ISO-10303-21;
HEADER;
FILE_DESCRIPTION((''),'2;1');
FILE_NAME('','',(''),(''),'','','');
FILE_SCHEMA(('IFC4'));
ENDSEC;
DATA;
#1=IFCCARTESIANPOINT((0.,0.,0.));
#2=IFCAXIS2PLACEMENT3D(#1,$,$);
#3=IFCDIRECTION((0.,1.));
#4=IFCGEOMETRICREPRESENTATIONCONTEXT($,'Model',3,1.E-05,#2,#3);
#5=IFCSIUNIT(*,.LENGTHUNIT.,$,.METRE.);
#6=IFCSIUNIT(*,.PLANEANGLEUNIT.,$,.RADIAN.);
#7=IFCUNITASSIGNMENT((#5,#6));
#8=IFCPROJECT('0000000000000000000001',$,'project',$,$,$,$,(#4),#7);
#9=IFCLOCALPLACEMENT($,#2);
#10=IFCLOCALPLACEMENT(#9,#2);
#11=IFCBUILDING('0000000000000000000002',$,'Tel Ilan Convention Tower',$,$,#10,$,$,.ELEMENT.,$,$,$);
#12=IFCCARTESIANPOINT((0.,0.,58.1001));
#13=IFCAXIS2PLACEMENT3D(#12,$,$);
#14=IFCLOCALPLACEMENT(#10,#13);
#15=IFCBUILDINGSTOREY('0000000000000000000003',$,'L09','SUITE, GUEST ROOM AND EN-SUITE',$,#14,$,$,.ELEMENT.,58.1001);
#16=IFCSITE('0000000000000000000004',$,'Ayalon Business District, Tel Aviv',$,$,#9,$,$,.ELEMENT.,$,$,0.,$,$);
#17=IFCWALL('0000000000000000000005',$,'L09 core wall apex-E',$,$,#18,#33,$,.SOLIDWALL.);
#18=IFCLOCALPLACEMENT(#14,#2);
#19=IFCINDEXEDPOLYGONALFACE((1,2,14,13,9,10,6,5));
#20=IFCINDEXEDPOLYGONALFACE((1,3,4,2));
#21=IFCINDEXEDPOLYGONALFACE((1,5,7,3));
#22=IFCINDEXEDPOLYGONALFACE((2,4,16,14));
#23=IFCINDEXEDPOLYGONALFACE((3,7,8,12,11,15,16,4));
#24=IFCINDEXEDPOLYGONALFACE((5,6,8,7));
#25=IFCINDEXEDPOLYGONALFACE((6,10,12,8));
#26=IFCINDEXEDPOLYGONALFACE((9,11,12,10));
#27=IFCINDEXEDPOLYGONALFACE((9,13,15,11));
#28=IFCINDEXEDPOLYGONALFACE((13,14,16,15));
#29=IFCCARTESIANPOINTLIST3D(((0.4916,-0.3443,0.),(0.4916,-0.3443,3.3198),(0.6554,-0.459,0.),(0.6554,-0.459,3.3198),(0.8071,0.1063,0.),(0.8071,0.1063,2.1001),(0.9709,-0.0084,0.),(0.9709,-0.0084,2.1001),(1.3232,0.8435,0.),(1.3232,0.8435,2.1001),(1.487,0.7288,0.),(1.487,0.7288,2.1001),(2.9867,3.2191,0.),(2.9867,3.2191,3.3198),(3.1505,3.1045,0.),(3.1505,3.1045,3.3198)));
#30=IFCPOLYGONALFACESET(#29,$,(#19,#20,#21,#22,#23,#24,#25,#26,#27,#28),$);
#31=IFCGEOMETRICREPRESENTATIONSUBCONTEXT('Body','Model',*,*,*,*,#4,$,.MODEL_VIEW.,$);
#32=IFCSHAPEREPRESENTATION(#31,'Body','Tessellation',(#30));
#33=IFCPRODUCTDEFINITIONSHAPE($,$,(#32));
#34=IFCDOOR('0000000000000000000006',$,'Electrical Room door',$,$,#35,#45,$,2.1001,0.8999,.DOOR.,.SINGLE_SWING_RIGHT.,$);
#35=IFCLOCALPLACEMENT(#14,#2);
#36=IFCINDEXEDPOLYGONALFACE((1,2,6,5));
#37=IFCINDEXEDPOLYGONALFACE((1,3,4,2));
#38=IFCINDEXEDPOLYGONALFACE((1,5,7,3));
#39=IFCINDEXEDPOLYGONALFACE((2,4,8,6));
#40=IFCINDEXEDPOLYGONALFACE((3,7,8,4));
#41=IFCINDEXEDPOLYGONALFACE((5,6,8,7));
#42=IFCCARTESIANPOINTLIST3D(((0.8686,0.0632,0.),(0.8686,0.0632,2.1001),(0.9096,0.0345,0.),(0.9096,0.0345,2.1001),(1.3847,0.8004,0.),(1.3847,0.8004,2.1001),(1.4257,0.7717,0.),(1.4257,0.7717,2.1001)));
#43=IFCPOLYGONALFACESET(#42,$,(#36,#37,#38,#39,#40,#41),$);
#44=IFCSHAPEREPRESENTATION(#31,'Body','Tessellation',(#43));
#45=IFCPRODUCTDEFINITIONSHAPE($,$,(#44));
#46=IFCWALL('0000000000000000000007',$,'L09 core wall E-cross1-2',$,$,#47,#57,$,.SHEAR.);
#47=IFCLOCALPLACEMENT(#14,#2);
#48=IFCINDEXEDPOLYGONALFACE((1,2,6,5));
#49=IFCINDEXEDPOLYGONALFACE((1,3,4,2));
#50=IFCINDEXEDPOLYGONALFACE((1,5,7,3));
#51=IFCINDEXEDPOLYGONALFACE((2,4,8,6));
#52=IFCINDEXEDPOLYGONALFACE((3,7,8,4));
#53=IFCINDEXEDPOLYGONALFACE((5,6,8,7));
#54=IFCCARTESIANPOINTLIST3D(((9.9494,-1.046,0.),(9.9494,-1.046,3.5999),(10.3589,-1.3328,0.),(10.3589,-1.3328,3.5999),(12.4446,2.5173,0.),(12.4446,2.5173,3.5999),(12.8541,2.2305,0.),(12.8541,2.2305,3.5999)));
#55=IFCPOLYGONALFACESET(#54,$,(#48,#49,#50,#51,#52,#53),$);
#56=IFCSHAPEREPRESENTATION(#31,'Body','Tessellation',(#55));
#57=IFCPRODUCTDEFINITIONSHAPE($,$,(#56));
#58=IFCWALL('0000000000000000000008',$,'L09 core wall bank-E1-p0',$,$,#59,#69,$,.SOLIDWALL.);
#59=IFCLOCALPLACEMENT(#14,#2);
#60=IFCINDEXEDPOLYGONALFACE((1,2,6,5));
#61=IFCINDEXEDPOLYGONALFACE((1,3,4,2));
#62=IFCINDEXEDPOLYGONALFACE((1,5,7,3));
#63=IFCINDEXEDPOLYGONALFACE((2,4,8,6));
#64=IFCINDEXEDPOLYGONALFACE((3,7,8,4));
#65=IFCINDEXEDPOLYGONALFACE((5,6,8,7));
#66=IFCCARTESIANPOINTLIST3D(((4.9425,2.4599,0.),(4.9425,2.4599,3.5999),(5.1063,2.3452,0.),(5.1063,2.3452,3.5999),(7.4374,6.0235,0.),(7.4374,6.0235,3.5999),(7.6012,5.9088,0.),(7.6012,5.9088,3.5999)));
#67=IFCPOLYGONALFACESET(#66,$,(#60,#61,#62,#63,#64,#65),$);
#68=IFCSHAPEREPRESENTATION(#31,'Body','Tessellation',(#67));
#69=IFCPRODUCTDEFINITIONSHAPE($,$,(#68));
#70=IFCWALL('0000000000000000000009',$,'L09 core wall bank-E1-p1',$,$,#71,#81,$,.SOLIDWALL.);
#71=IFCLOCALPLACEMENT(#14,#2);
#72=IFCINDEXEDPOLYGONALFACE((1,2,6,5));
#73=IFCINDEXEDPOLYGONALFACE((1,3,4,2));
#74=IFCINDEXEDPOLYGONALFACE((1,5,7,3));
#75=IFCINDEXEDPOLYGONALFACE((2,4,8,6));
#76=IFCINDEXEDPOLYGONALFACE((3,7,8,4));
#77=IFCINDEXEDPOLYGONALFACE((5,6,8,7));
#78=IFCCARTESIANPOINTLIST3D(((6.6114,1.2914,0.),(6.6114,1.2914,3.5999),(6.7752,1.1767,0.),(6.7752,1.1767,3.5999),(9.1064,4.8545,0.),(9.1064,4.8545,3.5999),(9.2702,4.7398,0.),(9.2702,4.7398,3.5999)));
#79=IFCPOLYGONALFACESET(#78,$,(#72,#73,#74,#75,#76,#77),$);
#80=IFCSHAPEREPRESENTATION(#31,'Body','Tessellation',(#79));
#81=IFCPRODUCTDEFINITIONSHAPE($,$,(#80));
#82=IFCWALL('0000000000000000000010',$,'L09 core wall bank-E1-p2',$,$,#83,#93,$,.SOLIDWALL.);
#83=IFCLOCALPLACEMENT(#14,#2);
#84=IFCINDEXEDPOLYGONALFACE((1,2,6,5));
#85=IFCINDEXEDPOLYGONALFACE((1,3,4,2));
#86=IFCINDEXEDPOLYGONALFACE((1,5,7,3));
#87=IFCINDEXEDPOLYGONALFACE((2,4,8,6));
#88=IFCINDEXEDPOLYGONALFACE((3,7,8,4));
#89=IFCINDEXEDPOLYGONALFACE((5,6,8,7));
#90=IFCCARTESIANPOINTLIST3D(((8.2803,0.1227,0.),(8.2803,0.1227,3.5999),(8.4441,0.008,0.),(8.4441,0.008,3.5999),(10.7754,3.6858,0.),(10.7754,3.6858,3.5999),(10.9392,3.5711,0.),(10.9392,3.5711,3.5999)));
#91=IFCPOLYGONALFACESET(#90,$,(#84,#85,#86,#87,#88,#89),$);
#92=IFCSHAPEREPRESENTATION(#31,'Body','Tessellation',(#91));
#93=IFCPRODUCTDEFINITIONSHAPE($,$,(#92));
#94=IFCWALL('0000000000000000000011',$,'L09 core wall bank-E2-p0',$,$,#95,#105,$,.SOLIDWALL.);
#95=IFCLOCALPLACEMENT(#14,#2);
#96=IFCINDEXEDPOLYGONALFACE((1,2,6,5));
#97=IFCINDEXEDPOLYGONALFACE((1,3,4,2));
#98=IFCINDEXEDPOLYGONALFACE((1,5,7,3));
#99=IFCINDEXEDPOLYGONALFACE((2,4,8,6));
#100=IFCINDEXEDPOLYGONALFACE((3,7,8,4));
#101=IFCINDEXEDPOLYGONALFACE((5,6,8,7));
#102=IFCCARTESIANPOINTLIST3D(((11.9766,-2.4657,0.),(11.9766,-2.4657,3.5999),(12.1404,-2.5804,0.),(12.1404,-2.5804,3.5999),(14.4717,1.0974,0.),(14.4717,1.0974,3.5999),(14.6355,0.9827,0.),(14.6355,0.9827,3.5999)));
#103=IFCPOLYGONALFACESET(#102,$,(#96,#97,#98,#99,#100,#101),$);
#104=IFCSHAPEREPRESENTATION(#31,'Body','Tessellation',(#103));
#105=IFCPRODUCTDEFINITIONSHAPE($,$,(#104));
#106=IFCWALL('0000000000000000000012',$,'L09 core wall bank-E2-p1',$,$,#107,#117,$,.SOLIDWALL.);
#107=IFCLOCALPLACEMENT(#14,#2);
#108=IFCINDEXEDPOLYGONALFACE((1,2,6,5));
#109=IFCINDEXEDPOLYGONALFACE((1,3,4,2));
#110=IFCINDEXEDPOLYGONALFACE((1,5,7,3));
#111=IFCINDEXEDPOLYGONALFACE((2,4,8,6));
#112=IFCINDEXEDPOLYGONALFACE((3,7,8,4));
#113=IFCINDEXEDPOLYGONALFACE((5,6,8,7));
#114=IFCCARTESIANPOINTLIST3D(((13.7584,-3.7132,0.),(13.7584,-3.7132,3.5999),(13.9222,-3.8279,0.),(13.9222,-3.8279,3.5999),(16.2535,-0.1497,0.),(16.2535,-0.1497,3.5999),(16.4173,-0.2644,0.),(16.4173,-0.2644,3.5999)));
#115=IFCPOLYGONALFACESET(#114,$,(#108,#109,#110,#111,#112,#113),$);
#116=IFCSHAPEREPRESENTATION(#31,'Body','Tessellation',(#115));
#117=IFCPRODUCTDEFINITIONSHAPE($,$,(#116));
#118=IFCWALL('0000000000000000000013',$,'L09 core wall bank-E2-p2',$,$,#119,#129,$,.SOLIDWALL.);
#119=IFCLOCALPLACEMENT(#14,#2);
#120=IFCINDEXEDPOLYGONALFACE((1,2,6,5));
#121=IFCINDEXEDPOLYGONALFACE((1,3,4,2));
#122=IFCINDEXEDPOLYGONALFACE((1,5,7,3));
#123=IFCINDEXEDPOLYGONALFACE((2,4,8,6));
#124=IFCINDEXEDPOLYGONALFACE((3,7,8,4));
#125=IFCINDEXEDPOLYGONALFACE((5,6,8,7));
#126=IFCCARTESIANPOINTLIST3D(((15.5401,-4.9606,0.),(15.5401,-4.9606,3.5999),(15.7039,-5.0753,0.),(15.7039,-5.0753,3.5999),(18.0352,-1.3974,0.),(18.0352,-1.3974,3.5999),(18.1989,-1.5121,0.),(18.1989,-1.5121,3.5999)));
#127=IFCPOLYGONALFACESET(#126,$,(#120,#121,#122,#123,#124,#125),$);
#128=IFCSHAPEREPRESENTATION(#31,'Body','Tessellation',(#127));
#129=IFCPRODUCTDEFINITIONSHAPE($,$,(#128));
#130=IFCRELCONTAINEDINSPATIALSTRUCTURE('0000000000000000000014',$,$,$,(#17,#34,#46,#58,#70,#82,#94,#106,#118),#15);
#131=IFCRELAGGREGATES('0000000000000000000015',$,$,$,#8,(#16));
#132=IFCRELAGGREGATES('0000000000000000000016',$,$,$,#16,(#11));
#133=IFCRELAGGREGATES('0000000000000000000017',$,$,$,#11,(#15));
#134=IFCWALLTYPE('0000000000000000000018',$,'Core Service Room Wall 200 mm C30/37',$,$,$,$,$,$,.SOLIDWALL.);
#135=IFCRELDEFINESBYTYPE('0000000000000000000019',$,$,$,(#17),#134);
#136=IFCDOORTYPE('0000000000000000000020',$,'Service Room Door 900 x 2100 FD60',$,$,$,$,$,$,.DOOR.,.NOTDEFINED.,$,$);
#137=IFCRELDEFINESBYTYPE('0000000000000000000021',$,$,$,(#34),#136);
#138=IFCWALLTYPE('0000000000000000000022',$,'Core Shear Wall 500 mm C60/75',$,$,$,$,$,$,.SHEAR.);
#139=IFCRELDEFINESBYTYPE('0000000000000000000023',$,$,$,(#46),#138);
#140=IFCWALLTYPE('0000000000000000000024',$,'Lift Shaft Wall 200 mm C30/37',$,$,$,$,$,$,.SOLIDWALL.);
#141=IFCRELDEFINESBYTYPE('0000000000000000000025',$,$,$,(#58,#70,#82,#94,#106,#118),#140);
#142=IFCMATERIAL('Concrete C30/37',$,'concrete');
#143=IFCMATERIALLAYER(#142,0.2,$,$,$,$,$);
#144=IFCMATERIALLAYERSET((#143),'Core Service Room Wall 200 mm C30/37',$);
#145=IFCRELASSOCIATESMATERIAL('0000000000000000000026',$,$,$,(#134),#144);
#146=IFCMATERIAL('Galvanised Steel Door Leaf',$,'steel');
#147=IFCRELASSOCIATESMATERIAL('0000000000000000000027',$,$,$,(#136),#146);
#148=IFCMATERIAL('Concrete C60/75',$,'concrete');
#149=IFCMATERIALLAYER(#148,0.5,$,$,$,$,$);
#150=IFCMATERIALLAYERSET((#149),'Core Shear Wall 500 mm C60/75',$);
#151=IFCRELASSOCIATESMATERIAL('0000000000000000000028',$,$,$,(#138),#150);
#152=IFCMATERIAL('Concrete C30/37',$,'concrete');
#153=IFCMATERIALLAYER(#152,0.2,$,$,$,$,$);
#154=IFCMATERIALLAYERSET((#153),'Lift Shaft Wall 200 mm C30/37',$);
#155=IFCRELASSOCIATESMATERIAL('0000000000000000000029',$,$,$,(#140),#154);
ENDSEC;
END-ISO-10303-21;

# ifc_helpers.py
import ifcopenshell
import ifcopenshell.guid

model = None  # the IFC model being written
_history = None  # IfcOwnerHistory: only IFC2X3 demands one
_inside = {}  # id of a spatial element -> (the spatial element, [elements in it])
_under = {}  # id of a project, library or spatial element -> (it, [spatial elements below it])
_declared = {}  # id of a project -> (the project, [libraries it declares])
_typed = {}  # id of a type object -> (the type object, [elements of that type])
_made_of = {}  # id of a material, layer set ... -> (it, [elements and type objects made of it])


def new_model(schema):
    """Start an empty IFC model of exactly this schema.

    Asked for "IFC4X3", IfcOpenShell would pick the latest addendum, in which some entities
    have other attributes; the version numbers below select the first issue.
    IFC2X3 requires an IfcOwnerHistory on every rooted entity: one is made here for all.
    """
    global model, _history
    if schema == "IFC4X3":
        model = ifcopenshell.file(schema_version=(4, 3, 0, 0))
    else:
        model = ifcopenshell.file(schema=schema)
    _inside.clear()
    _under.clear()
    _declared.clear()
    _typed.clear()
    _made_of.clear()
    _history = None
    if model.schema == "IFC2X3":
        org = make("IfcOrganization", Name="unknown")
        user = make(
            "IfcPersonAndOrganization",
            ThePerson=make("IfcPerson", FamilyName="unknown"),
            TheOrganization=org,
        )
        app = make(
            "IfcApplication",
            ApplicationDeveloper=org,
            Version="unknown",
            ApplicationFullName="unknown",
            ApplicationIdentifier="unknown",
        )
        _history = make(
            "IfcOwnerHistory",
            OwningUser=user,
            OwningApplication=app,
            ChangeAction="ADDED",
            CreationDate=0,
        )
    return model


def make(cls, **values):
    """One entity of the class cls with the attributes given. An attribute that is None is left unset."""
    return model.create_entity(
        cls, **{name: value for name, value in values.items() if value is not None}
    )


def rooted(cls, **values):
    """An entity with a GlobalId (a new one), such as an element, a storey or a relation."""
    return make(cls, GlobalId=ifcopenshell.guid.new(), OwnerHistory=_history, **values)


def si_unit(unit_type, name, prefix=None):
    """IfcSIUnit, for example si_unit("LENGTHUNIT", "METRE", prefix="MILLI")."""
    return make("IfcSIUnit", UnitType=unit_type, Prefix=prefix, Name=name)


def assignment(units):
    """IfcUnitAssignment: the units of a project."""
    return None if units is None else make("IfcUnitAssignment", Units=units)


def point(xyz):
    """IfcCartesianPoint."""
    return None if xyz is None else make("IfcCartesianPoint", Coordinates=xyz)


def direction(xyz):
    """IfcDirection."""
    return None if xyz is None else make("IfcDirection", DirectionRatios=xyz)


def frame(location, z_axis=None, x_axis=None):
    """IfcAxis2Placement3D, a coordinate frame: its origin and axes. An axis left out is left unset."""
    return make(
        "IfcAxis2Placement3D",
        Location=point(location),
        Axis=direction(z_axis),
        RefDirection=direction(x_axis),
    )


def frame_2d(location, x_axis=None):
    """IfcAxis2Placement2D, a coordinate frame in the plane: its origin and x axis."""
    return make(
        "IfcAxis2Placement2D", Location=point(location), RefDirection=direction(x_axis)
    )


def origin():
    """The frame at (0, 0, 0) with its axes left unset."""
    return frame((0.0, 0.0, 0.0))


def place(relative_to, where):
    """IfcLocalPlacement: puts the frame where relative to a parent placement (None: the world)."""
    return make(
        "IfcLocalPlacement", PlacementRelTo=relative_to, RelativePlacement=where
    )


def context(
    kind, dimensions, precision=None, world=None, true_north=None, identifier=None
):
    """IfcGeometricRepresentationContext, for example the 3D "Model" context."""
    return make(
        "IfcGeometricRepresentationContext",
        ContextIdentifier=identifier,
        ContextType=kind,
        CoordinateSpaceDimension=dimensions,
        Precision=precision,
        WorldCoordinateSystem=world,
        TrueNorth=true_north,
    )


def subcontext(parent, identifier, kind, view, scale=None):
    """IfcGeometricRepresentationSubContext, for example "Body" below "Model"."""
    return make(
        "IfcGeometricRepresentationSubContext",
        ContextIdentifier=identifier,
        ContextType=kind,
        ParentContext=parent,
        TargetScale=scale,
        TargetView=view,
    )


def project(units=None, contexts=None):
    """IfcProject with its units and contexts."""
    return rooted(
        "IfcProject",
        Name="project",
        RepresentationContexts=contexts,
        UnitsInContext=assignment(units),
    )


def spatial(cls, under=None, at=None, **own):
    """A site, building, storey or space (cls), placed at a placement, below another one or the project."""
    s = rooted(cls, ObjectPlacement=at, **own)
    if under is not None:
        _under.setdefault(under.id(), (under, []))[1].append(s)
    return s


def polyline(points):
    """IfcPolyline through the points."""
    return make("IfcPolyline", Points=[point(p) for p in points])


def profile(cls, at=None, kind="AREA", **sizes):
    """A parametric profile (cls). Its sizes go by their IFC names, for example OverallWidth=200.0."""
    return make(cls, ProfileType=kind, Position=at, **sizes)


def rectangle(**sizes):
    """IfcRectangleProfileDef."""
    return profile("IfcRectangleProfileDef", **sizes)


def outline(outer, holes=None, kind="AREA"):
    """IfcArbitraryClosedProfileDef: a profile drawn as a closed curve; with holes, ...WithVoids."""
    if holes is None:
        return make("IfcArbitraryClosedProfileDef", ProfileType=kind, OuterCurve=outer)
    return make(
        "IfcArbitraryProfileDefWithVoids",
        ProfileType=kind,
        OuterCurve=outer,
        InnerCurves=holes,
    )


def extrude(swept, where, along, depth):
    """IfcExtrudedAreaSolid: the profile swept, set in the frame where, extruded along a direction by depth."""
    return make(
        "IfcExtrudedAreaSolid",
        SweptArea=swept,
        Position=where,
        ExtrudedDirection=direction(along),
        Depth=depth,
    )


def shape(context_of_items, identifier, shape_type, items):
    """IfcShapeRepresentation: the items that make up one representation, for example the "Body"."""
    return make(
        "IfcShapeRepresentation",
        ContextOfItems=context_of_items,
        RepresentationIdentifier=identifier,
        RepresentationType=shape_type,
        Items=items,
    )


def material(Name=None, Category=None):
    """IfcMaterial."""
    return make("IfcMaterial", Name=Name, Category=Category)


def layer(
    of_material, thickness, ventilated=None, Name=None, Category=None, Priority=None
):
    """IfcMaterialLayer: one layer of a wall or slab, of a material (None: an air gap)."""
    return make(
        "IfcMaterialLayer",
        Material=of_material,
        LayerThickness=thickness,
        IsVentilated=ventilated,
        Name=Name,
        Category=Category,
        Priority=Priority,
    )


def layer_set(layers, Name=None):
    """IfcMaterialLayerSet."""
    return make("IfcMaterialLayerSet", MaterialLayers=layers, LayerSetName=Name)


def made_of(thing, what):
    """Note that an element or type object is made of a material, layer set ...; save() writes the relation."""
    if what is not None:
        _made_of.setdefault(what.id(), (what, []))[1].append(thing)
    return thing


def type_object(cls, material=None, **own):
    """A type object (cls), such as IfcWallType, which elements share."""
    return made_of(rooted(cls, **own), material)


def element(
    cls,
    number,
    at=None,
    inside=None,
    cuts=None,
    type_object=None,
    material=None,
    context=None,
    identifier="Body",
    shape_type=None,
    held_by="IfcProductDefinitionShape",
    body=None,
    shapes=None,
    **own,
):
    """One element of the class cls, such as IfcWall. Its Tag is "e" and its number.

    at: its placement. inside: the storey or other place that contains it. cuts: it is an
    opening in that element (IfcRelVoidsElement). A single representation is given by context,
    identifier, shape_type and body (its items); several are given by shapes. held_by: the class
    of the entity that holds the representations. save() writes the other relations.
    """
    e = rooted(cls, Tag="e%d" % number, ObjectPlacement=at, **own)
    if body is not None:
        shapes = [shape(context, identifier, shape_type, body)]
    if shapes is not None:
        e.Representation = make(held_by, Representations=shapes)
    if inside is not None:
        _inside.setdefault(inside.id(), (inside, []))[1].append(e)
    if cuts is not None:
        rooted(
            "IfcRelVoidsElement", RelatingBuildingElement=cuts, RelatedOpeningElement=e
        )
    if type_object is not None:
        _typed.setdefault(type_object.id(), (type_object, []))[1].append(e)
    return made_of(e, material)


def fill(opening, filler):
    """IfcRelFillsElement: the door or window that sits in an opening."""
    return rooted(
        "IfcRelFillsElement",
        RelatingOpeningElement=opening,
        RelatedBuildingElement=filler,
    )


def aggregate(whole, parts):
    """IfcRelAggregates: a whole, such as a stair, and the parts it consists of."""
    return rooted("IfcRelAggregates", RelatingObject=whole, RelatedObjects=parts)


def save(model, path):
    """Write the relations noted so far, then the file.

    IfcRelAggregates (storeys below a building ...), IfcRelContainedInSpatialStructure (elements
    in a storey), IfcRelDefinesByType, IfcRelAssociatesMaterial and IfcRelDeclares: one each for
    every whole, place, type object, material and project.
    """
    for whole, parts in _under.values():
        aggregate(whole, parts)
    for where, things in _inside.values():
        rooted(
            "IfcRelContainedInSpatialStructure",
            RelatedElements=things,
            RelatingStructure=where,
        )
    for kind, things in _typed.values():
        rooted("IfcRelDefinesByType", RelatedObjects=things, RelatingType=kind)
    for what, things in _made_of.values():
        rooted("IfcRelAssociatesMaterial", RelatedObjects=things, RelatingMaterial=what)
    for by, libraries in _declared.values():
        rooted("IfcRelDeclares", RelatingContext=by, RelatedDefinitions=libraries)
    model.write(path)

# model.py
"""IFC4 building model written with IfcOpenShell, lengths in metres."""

from ifc_helpers import new_model, si_unit, direction, frame, frame_2d, origin, place, context, subcontext, project, spatial, polyline, rectangle, outline, extrude, material, layer, layer_set, type_object, element, fill, save


model = new_model("IFC4")

# Units and contexts
model_context = context("Model", 3, precision=1e-05, world=origin(), true_north=direction((0.0, 1.0)))
body_context = subcontext(model_context, "Body", "Model", "MODEL_VIEW")
ifc_project = project(units=[si_unit("LENGTHUNIT", "METRE"), si_unit("PLANEANGLEUNIT", "RADIAN")], contexts=[model_context])

# Site, building, storey
site_placement = place(None, origin())
site = spatial("IfcSite", under=ifc_project, at=site_placement, Name="Ayalon Business District, Tel Aviv", CompositionType="ELEMENT", RefElevation=0.0)
building_placement = place(site_placement, origin())
building = spatial("IfcBuilding", under=site, at=building_placement, Name="Tel Ilan Convention Tower", CompositionType="ELEMENT")
storey_placement = place(building_placement, frame((0.0, 0.0, 58.1001)))
storey = spatial("IfcBuildingStorey", under=building, at=storey_placement, Name="L09", Description="SUITE, GUEST ROOM AND EN-SUITE", CompositionType="ELEMENT", Elevation=58.1001)

# Wall, opening, door
ifc_material_1 = material(Name="Concrete C30/37", Category="concrete")
ifc_layer_1 = layer(ifc_material_1, 0.2)
ifc_layer_set_1 = layer_set([ifc_layer_1], Name="Core Service Room Wall 200 mm C30/37")
wall_type_1 = type_object("IfcWallType", Name="Core Service Room Wall 200 mm C30/37", PredefinedType="SOLIDWALL", material=ifc_layer_set_1)
wall_1_placement = place(storey_placement, frame((0.5735, -0.4016, 0.0), z_axis=(0.0, 0.0, 1.0), x_axis=(0.573568, 0.819158, 0.0)))
wall_1 = element("IfcWall", 1, at=wall_1_placement, inside=storey, type_object=wall_type_1, Name="L09 core wall apex-E", PredefinedType="SOLIDWALL", context=body_context, shape_type="SweptSolid", body=[
    extrude(rectangle(XDim=4.3501, YDim=0.2, at=frame_2d((2.175, 0.0))), origin(), (0.0, 0.0, 1.0), 3.3198),
])
opening_1_placement = place(wall_1_placement, frame((0.55, 0.0, 0.0)))
opening_1 = element("IfcOpeningElement", 2, at=opening_1_placement, cuts=wall_1, PredefinedType="OPENING", context=body_context, shape_type="SweptSolid", body=[
    extrude(rectangle(XDim=0.8999, YDim=2.1001, at=frame_2d((0.45, 1.05))), frame((0.0, 0.1099, 0.0), z_axis=(0.0, -1.0, 0.0), x_axis=(1.0, 0.0, 0.0)), (0.0, 0.0, 1.0), 0.22),
])
ifc_material_2 = material(Name="Galvanised Steel Door Leaf", Category="steel")
door_type_1 = type_object("IfcDoorType", Name="Service Room Door 900 x 2100 FD60", OperationType="NOTDEFINED", PredefinedType="DOOR", material=ifc_material_2)
door_1_placement = place(opening_1_placement, origin())
door_1 = element("IfcDoor", 3, at=door_1_placement, inside=storey, type_object=door_type_1, Name="Electrical Room door", OperationType="SINGLE_SWING_RIGHT", OverallHeight=2.1001, OverallWidth=0.8999, PredefinedType="DOOR", context=body_context, shape_type="SweptSolid", body=[
    extrude(rectangle(XDim=0.8999, YDim=2.1001, at=frame_2d((0.45, 1.05))), frame((0.0, 0.0249, 0.0), z_axis=(0.0, -1.0, 0.0), x_axis=(1.0, 0.0, 0.0)), (0.0, 0.0, 1.0), 0.05),
])
fill(opening_1, door_1)

# Walls
ifc_material_3 = material(Name="Concrete C60/75", Category="concrete")
ifc_layer_2 = layer(ifc_material_3, 0.5)
ifc_layer_set_2 = layer_set([ifc_layer_2], Name="Core Shear Wall 500 mm C60/75")
wall_type_2 = type_object("IfcWallType", Name="Core Shear Wall 500 mm C60/75", PredefinedType="SHEAR", material=ifc_layer_set_2)
wall_2_placement = place(storey_placement, frame((10.1543, -1.1892, 0.0), z_axis=(0.0, 0.0, 1.0), x_axis=(0.573594, 0.81914, 0.0)))
element("IfcWall", 4, at=wall_2_placement, inside=storey, type_object=wall_type_2, Name="L09 core wall E-cross1-2", PredefinedType="SHEAR", context=body_context, shape_type="SweptSolid", body=[
    extrude(outline(polyline([(4.3499, -0.25), (4.3499, 0.25), (-0.0002, 0.25), (-0.0002, -0.25), (4.3499, -0.25)])), origin(), (0.0, 0.0, 1.0), 3.5999),
])
ifc_material_4 = material(Name="Concrete C30/37", Category="concrete")
ifc_layer_3 = layer(ifc_material_4, 0.2)
ifc_layer_set_3 = layer_set([ifc_layer_3], Name="Lift Shaft Wall 200 mm C30/37")
wall_type_3 = type_object("IfcWallType", Name="Lift Shaft Wall 200 mm C30/37", PredefinedType="SOLIDWALL", material=ifc_layer_set_3)
wall_3_placement = place(storey_placement, frame((5.0244, 2.4026, 0.0), z_axis=(0.0, 0.0, 1.0), x_axis=(0.57353, 0.819184, 0.0)))
element("IfcWall", 5, at=wall_3_placement, inside=storey, type_object=wall_type_3, Name="L09 core wall bank-E1-p0", PredefinedType="SOLIDWALL", context=body_context, shape_type="SweptSolid", body=[
    extrude(rectangle(XDim=4.3501, YDim=0.2, at=frame_2d((2.175, 0.0))), origin(), (0.0, 0.0, 1.0), 3.5999),
])
for number, where, z_axis, x_axis, name in (
    (6, (6.6934, 1.2341, 0.0), (0.0, 0.0, 1.0), (0.573594, 0.81914, 0.0), "L09 core wall bank-E1-p1"),
    (7, (8.3623, 0.0654, 0.0), (0.0, 0.0, 1.0), (0.573594, 0.81914, 0.0), "L09 core wall bank-E1-p2"),
    (8, (12.0586, -2.5229, 0.0), (0.0, 0.0, 1.0), (0.573594, 0.81914, 0.0), "L09 core wall bank-E2-p0"),
):
    element("IfcWall", number, at=place(storey_placement, frame(where, z_axis=z_axis, x_axis=x_axis)), inside=storey, type_object=wall_type_3, Name=name, PredefinedType="SOLIDWALL", context=body_context, shape_type="SweptSolid", body=[
        extrude(rectangle(XDim=4.3499, YDim=0.2, at=frame_2d((2.1748, 0.0))), origin(), (0.0, 0.0, 1.0), 3.5999),
    ])
wall_4_placement = place(storey_placement, frame((13.8403, -3.7705, 0.0), z_axis=(0.0, 0.0, 1.0), x_axis=(0.573568, 0.819158, 0.0)))
element("IfcWall", 9, at=wall_4_placement, inside=storey, type_object=wall_type_3, Name="L09 core wall bank-E2-p1", PredefinedType="SOLIDWALL", context=body_context, shape_type="SweptSolid", body=[
    extrude(rectangle(XDim=4.3501, YDim=0.2, at=frame_2d((2.175, 0.0))), origin(), (0.0, 0.0, 1.0), 3.5999),
])
wall_5_placement = place(storey_placement, frame((15.6221, -5.0178, 0.0), z_axis=(0.0, 0.0, 1.0), x_axis=(0.573594, 0.81914, 0.0)))
element("IfcWall", 10, at=wall_5_placement, inside=storey, type_object=wall_type_3, Name="L09 core wall bank-E2-p2", PredefinedType="SOLIDWALL", context=body_context, shape_type="SweptSolid", body=[
    extrude(rectangle(XDim=4.3499, YDim=0.2, at=frame_2d((2.1748, 0.0))), origin(), (0.0, 0.0, 1.0), 3.5999),
])

save(model, "model.ifc")
